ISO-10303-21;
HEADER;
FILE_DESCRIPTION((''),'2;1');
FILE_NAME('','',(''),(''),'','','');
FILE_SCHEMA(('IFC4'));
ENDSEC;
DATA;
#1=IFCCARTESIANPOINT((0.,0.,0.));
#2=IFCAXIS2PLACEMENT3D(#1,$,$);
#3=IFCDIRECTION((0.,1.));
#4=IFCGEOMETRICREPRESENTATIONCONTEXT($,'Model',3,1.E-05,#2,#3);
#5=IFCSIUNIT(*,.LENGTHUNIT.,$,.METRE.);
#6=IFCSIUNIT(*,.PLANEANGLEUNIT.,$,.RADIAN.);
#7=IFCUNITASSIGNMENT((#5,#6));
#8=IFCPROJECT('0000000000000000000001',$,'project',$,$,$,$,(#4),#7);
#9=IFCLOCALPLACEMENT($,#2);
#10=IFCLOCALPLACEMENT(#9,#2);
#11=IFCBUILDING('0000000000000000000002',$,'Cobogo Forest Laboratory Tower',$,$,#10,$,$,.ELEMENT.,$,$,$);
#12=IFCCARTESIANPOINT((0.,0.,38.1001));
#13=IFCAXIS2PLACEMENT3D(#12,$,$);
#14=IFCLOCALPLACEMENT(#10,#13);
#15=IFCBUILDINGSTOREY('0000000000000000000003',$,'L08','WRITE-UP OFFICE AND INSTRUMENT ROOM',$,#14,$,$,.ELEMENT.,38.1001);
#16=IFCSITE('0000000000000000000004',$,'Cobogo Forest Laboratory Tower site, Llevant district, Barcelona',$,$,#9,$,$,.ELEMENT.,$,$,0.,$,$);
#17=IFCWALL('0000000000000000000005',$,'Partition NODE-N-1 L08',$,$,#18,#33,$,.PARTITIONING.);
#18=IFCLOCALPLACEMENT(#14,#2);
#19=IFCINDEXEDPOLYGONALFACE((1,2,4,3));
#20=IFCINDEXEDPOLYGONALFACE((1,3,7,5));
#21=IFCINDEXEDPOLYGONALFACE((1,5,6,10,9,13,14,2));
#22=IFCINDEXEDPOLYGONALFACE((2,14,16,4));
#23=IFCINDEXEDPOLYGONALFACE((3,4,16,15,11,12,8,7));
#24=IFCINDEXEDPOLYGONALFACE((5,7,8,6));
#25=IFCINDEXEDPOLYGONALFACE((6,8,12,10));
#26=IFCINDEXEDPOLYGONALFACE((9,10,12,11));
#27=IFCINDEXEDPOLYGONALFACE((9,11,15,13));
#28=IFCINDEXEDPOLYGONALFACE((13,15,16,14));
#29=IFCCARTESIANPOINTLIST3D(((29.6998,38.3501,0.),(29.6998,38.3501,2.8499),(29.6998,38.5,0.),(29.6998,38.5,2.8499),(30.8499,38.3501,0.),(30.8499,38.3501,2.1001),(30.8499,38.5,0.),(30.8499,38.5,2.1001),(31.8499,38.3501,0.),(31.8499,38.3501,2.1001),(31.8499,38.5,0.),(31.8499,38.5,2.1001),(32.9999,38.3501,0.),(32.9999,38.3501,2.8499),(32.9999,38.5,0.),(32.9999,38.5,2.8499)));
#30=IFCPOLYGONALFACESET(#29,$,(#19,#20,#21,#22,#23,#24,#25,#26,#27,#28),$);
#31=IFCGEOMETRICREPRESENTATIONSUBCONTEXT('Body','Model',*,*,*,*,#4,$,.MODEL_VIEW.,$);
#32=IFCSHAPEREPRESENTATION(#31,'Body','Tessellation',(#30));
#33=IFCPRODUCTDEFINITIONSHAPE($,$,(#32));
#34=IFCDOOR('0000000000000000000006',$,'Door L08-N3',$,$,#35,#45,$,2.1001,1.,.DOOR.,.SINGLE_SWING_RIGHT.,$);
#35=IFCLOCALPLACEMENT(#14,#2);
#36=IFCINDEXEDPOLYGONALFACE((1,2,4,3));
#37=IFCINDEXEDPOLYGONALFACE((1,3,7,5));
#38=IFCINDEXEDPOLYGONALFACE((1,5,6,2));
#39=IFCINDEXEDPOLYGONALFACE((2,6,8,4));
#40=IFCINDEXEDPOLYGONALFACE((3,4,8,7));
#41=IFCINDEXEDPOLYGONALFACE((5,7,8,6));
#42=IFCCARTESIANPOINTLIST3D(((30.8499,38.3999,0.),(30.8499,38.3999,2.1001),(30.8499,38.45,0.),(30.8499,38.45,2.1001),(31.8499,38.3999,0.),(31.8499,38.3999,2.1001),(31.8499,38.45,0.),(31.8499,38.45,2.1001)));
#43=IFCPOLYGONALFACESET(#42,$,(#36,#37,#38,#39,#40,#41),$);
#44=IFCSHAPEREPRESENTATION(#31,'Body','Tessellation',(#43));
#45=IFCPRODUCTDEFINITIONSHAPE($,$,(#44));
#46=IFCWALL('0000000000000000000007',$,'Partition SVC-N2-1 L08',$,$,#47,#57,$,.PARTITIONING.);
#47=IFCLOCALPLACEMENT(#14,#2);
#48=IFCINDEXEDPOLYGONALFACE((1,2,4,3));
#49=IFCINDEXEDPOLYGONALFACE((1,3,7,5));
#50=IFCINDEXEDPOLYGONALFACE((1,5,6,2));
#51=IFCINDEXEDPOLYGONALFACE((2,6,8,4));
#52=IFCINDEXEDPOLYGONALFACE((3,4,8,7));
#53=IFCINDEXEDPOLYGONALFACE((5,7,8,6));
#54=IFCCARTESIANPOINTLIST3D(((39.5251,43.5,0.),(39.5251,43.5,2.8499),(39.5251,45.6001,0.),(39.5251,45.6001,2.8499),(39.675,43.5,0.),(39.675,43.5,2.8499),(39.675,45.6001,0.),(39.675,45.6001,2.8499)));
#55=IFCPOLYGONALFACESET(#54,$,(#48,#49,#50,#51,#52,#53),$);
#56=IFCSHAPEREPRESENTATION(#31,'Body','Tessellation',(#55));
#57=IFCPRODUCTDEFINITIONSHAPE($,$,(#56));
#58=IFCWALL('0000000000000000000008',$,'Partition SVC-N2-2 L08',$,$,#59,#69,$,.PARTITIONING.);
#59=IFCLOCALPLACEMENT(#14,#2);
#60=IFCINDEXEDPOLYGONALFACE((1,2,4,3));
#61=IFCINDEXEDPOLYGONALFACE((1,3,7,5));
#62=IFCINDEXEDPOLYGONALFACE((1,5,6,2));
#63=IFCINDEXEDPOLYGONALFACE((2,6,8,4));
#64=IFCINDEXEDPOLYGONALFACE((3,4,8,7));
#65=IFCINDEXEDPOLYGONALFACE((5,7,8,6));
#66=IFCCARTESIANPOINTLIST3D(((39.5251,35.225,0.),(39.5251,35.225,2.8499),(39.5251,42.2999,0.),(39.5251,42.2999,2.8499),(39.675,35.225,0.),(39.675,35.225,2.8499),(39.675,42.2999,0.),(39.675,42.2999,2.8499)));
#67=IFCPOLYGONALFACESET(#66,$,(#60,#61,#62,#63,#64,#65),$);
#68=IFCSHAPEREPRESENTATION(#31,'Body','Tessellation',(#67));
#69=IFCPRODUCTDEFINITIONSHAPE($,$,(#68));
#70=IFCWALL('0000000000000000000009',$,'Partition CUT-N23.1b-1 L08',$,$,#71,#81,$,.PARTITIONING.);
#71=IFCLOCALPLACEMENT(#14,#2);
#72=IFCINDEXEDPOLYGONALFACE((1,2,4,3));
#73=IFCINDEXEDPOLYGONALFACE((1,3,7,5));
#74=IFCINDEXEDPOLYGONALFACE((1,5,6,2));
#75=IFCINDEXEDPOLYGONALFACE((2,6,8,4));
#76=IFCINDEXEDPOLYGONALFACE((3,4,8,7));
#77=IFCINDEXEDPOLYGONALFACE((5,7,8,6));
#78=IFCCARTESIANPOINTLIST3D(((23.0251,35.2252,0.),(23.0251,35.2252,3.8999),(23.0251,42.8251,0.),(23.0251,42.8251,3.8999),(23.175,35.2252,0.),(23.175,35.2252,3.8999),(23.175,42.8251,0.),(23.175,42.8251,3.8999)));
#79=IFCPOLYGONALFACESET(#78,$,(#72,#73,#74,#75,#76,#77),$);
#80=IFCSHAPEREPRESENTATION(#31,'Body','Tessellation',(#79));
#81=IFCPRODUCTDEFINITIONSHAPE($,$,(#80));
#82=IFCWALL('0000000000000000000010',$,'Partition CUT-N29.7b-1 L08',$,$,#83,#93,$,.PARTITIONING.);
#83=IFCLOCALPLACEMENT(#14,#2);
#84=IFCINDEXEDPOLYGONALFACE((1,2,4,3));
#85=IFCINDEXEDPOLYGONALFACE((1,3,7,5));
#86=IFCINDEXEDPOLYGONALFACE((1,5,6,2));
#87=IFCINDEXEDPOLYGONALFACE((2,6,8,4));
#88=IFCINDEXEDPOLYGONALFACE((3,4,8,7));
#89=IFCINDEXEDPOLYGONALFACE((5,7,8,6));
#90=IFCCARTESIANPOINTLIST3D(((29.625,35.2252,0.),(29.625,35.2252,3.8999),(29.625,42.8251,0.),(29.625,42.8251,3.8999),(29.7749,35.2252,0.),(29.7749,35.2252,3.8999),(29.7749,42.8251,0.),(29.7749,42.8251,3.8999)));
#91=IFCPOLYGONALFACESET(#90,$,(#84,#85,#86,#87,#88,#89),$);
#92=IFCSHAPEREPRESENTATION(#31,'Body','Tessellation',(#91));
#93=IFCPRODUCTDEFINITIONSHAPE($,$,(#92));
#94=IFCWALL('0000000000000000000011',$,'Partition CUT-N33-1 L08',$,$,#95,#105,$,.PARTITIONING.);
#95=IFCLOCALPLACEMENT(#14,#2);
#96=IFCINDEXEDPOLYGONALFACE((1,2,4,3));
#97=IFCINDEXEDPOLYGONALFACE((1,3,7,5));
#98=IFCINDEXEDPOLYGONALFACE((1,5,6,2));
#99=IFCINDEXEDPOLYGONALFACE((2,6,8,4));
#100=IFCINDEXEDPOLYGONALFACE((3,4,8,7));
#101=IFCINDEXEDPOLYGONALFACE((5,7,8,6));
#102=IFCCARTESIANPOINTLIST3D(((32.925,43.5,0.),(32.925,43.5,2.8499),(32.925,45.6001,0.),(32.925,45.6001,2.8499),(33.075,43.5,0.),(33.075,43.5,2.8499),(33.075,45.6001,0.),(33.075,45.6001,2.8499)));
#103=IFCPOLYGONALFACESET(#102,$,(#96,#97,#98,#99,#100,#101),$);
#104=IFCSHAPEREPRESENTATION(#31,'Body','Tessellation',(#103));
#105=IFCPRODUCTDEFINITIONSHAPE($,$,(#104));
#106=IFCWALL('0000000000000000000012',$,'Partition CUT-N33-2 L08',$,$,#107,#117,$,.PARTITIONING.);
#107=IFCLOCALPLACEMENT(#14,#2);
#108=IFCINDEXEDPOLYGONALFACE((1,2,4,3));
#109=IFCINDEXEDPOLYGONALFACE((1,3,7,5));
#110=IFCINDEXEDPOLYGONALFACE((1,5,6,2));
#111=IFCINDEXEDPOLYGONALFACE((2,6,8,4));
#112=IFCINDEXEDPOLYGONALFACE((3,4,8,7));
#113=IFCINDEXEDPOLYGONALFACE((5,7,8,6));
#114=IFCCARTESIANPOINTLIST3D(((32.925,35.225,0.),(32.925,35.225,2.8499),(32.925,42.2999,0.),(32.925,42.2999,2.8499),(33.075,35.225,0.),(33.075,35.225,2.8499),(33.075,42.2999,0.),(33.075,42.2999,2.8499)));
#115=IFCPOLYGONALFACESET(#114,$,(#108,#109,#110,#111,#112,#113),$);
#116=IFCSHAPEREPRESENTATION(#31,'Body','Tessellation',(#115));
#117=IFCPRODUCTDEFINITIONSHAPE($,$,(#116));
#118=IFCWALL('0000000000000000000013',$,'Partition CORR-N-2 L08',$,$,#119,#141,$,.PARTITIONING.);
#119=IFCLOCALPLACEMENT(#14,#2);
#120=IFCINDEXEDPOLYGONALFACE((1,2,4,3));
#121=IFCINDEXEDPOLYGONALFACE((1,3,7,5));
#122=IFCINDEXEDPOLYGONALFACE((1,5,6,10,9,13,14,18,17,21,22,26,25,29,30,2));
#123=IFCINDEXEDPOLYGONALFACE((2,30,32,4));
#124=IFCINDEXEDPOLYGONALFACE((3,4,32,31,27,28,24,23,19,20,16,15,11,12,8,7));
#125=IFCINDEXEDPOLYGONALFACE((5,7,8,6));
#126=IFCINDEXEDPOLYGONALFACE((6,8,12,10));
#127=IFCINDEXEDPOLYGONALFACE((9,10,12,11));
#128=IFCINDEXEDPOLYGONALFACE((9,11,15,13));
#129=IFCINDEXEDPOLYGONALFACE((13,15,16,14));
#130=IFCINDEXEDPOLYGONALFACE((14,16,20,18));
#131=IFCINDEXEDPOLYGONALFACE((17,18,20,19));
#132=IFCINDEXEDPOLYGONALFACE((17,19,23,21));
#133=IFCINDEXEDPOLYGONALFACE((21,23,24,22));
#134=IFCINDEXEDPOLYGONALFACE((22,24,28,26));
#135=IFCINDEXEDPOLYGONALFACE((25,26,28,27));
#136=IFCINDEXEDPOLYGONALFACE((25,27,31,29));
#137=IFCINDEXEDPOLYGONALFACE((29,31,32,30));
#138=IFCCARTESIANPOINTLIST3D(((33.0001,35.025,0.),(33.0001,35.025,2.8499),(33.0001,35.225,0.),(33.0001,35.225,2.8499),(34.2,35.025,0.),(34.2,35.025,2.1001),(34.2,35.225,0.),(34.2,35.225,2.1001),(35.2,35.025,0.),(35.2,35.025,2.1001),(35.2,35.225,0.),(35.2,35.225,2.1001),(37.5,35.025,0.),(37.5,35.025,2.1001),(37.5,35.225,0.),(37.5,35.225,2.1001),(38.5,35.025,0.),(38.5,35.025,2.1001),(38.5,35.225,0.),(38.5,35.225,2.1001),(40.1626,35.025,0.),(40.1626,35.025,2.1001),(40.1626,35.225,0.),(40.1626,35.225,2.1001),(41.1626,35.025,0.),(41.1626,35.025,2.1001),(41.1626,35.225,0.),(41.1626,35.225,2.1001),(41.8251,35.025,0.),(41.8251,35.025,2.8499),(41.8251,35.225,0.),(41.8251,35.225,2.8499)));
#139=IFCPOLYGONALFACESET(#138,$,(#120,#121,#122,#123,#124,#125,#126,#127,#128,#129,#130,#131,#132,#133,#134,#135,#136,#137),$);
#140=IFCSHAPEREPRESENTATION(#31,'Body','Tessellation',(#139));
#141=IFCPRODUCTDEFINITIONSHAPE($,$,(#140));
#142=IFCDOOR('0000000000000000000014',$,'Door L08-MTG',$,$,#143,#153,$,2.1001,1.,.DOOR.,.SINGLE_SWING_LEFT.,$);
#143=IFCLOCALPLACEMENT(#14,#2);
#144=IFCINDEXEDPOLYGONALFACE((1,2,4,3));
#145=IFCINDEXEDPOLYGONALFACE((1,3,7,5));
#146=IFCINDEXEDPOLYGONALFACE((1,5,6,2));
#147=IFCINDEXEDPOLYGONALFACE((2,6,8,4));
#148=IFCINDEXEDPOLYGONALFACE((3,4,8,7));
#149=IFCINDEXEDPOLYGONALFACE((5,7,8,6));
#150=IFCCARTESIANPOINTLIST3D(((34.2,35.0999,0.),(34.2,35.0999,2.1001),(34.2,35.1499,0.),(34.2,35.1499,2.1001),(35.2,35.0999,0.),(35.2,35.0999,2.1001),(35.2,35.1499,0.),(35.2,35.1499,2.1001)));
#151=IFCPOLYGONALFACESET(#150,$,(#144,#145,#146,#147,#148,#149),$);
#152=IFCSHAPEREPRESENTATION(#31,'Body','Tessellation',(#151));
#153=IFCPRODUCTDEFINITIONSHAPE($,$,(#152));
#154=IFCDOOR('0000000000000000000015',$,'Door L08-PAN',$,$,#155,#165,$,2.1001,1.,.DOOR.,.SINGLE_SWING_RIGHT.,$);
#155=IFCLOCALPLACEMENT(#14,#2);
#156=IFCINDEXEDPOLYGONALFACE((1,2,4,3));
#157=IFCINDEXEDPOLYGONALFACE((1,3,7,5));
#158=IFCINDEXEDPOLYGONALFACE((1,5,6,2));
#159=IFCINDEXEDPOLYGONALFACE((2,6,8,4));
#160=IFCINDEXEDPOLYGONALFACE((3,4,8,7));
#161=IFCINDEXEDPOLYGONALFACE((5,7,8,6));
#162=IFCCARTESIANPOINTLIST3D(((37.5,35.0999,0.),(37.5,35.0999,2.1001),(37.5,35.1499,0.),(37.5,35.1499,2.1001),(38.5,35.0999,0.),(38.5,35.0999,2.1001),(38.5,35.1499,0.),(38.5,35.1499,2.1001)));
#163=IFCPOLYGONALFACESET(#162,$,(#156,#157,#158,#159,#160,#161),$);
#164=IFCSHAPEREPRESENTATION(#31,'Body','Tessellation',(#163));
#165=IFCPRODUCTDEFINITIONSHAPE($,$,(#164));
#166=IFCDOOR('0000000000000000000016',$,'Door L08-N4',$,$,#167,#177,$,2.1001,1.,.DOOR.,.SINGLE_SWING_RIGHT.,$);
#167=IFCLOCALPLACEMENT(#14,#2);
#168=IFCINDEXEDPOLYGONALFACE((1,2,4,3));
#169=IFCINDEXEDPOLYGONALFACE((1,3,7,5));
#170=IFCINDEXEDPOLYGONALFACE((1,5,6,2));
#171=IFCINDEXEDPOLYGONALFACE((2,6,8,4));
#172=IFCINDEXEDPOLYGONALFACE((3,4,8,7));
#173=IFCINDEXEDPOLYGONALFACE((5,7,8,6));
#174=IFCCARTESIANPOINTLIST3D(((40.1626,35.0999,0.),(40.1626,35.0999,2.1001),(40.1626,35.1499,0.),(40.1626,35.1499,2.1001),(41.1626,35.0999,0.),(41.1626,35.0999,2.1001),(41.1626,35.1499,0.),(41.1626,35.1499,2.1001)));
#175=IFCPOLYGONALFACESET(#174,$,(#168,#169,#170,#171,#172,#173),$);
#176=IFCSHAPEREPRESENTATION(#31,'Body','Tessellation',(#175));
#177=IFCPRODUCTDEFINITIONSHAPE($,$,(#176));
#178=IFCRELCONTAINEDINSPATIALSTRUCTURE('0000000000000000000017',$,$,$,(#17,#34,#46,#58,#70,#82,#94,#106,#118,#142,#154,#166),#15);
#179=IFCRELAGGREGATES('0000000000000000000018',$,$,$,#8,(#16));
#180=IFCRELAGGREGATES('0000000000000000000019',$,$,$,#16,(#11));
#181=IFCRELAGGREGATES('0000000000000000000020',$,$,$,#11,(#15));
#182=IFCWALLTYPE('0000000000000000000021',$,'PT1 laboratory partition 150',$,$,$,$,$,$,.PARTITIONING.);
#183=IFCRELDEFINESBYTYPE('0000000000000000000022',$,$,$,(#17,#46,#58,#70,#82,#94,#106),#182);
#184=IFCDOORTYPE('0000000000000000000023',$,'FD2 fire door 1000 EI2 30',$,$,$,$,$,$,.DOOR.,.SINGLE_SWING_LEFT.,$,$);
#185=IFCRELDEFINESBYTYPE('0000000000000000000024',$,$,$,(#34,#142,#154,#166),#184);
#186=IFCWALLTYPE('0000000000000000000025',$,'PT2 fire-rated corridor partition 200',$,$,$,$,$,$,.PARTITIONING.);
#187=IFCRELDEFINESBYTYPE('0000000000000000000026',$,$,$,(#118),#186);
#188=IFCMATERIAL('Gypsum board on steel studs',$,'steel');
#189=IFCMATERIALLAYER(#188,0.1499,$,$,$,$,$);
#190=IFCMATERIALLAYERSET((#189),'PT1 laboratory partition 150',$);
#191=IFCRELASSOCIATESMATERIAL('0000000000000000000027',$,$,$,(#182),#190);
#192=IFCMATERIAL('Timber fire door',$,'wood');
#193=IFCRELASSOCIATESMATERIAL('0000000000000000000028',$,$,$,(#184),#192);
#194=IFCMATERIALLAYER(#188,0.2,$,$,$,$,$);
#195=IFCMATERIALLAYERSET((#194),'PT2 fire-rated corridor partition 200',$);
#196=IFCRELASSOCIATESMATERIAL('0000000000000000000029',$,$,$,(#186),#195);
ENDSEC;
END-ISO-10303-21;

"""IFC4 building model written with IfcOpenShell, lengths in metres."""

from ifc_helpers import new_model, si_unit, direction, frame, frame_2d, origin, place, context, subcontext, project, spatial, rectangle, extrude, material, layer, layer_set, type_object, element, fill, save


model = new_model("IFC4")

# Units and contexts
model_context = context("Model", 3, precision=1e-05, world=origin(), true_north=direction((0.0, 1.0)))
body_context = subcontext(model_context, "Body", "Model", "MODEL_VIEW")
ifc_project = project(units=[si_unit("LENGTHUNIT", "METRE"), si_unit("PLANEANGLEUNIT", "RADIAN")], contexts=[model_context])

# Site, building, storey
site_placement = place(None, origin())
site = spatial("IfcSite", under=ifc_project, at=site_placement, Name="Cobogo Forest Laboratory Tower site, Llevant district, Barcelona", CompositionType="ELEMENT", RefElevation=0.0)
building_placement = place(site_placement, origin())
building = spatial("IfcBuilding", under=site, at=building_placement, Name="Cobogo Forest Laboratory Tower", CompositionType="ELEMENT")
storey_placement = place(building_placement, frame((0.0, 0.0, 38.1001)))
storey = spatial("IfcBuildingStorey", under=building, at=storey_placement, Name="L08", Description="WRITE-UP OFFICE AND INSTRUMENT ROOM", CompositionType="ELEMENT", Elevation=38.1001)

# Wall, opening, door
ifc_material_1 = material(Name="Gypsum board on steel studs", Category="steel")
ifc_layer_1 = layer(ifc_material_1, 0.1499)
ifc_layer_set_1 = layer_set([ifc_layer_1], Name="PT1 laboratory partition 150")
wall_type_1 = type_object("IfcWallType", Name="PT1 laboratory partition 150", PredefinedType="PARTITIONING", material=ifc_layer_set_1)
ifc_material_2 = material(Name="Timber fire door", Category="wood")
door_type = type_object("IfcDoorType", Name="FD2 fire door 1000 EI2 30", OperationType="SINGLE_SWING_LEFT", PredefinedType="DOOR", material=ifc_material_2)
wall_1_placement = place(storey_placement, frame((29.7, 38.425, 0.0), z_axis=(0.0, 0.0, 1.0), x_axis=(1.0, 0.0, 0.0)))
wall_1 = element("IfcWall", 1, at=wall_1_placement, inside=storey, type_object=wall_type_1, Name="Partition NODE-N-1 L08", PredefinedType="PARTITIONING", context=body_context, shape_type="SweptSolid", body=[
    extrude(rectangle(XDim=3.3, YDim=0.1499, at=frame_2d((1.6499, 0.0))), origin(), (0.0, 0.0, 1.0), 2.8499),
])
opening_1_placement = place(wall_1_placement, frame((1.1499, 0.0, 0.0)))
opening_1 = element("IfcOpeningElement", 2, at=opening_1_placement, cuts=wall_1, PredefinedType="OPENING", context=body_context, shape_type="SweptSolid", body=[
    extrude(rectangle(XDim=1.0, YDim=2.1001, at=frame_2d((0.5, 1.05))), frame((0.0, 0.085, 0.0), z_axis=(0.0, -1.0, 0.0), x_axis=(1.0, 0.0, 0.0)), (0.0, 0.0, 1.0), 0.1699),
])
door_1_placement = place(opening_1_placement, origin())
door_1 = element("IfcDoor", 3, at=door_1_placement, inside=storey, type_object=door_type, Name="Door L08-N3", OperationType="SINGLE_SWING_RIGHT", OverallHeight=2.1001, OverallWidth=1.0, PredefinedType="DOOR", context=body_context, shape_type="SweptSolid", body=[
    extrude(rectangle(XDim=1.0, YDim=2.1001, at=frame_2d((0.5, 1.05))), frame((0.0, 0.0249, 0.0), z_axis=(0.0, -1.0, 0.0), x_axis=(1.0, 0.0, 0.0)), (0.0, 0.0, 1.0), 0.05),
])
fill(opening_1, door_1)

# Walls
wall_2_placement = place(storey_placement, frame((39.6001, 45.6001, 0.0), z_axis=(0.0, 0.0, 1.0), x_axis=(0.0, -1.0, 0.0)))
element("IfcWall", 4, at=wall_2_placement, inside=storey, type_object=wall_type_1, Name="Partition SVC-N2-1 L08", PredefinedType="PARTITIONING", context=body_context, shape_type="SweptSolid", body=[
    extrude(rectangle(XDim=2.1001, YDim=0.1499, at=frame_2d((1.05, 0.0))), origin(), (0.0, 0.0, 1.0), 2.8499),
])
wall_3_placement = place(storey_placement, frame((39.6001, 42.3, 0.0), z_axis=(0.0, 0.0, 1.0), x_axis=(0.0, -1.0, 0.0)))
element("IfcWall", 5, at=wall_3_placement, inside=storey, type_object=wall_type_1, Name="Partition SVC-N2-2 L08", PredefinedType="PARTITIONING", context=body_context, shape_type="SweptSolid", body=[
    extrude(rectangle(XDim=7.075, YDim=0.1499, at=frame_2d((3.5376, 0.0))), origin(), (0.0, 0.0, 1.0), 2.8499),
])
for number, where, z_axis, x_axis, name in (
    (6, (23.1001, 42.825, 0.0), (0.0, 0.0, 1.0), (0.0, -1.0, 0.0), "Partition CUT-N23.1b-1 L08"),
    (7, (29.7, 42.825, 0.0), (0.0, 0.0, 1.0), (0.0, -1.0, 0.0), "Partition CUT-N29.7b-1 L08"),
):
    element("IfcWall", number, at=place(storey_placement, frame(where, z_axis=z_axis, x_axis=x_axis)), inside=storey, type_object=wall_type_1, Name=name, PredefinedType="PARTITIONING", context=body_context, shape_type="SweptSolid", body=[
        extrude(rectangle(XDim=7.5999, YDim=0.1499, at=frame_2d((3.7998, 0.0))), origin(), (0.0, 0.0, 1.0), 3.8999),
    ])
wall_4_placement = place(storey_placement, frame((33.0, 45.6001, 0.0), z_axis=(0.0, 0.0, 1.0), x_axis=(0.0, -1.0, 0.0)))
element("IfcWall", 8, at=wall_4_placement, inside=storey, type_object=wall_type_1, Name="Partition CUT-N33-1 L08", PredefinedType="PARTITIONING", context=body_context, shape_type="SweptSolid", body=[
    extrude(rectangle(XDim=2.1001, YDim=0.1499, at=frame_2d((1.05, 0.0))), origin(), (0.0, 0.0, 1.0), 2.8499),
])
wall_5_placement = place(storey_placement, frame((33.0, 42.3, 0.0), z_axis=(0.0, 0.0, 1.0), x_axis=(0.0, -1.0, 0.0)))
element("IfcWall", 9, at=wall_5_placement, inside=storey, type_object=wall_type_1, Name="Partition CUT-N33-2 L08", PredefinedType="PARTITIONING", context=body_context, shape_type="SweptSolid", body=[
    extrude(rectangle(XDim=7.075, YDim=0.1499, at=frame_2d((3.5376, 0.0))), origin(), (0.0, 0.0, 1.0), 2.8499),
])

# Wall, openings, doors
ifc_layer_2 = layer(ifc_material_1, 0.2)
ifc_layer_set_2 = layer_set([ifc_layer_2], Name="PT2 fire-rated corridor partition 200")
wall_type_2 = type_object("IfcWallType", Name="PT2 fire-rated corridor partition 200", PredefinedType="PARTITIONING", material=ifc_layer_set_2)
wall_6_placement = place(storey_placement, frame((33.0, 35.125, 0.0), z_axis=(0.0, 0.0, 1.0), x_axis=(1.0, 0.0, 0.0)))
wall_6 = element("IfcWall", 10, at=wall_6_placement, inside=storey, type_object=wall_type_2, Name="Partition CORR-N-2 L08", PredefinedType="PARTITIONING", context=body_context, shape_type="SweptSolid", body=[
    extrude(rectangle(XDim=8.825, YDim=0.2, at=frame_2d((4.4126, 0.0))), origin(), (0.0, 0.0, 1.0), 2.8499),
])
opening_2_placement = place(wall_6_placement, frame((1.2, 0.0, 0.0)))
opening_2 = element("IfcOpeningElement", 11, at=opening_2_placement, cuts=wall_6, PredefinedType="OPENING", context=body_context, shape_type="SweptSolid", body=[
    extrude(rectangle(XDim=1.0, YDim=2.1001, at=frame_2d((0.5, 1.05))), frame((0.0, 0.1099, 0.0), z_axis=(0.0, -1.0, 0.0), x_axis=(1.0, 0.0, 0.0)), (0.0, 0.0, 1.0), 0.22),
])
opening_3_placement = place(wall_6_placement, frame((4.5, 0.0, 0.0)))
opening_3 = element("IfcOpeningElement", 12, at=opening_3_placement, cuts=wall_6, PredefinedType="OPENING", context=body_context, shape_type="SweptSolid", body=[
    extrude(rectangle(XDim=1.0, YDim=2.1001, at=frame_2d((0.5, 1.05))), frame((0.0, 0.1099, 0.0), z_axis=(0.0, -1.0, 0.0), x_axis=(1.0, 0.0, 0.0)), (0.0, 0.0, 1.0), 0.22),
])
opening_4_placement = place(wall_6_placement, frame((7.1626, 0.0, 0.0)))
opening_4 = element("IfcOpeningElement", 13, at=opening_4_placement, cuts=wall_6, PredefinedType="OPENING", context=body_context, shape_type="SweptSolid", body=[
    extrude(rectangle(XDim=1.0, YDim=2.1001, at=frame_2d((0.5, 1.05))), frame((0.0, 0.1099, 0.0), z_axis=(0.0, -1.0, 0.0), x_axis=(1.0, 0.0, 0.0)), (0.0, 0.0, 1.0), 0.22),
])
door_2_placement = place(opening_2_placement, origin())
door_2 = element("IfcDoor", 14, at=door_2_placement, inside=storey, type_object=door_type, Name="Door L08-MTG", OperationType="SINGLE_SWING_LEFT", OverallHeight=2.1001, OverallWidth=1.0, PredefinedType="DOOR", context=body_context, shape_type="SweptSolid", body=[
    extrude(rectangle(XDim=1.0, YDim=2.1001, at=frame_2d((0.5, 1.05))), frame((0.0, 0.0249, 0.0), z_axis=(0.0, -1.0, 0.0), x_axis=(1.0, 0.0, 0.0)), (0.0, 0.0, 1.0), 0.05),
])
fill(opening_2, door_2)
door_3_placement = place(opening_3_placement, origin())
door_3 = element("IfcDoor", 15, at=door_3_placement, inside=storey, type_object=door_type, Name="Door L08-PAN", OperationType="SINGLE_SWING_RIGHT", OverallHeight=2.1001, OverallWidth=1.0, PredefinedType="DOOR", context=body_context, shape_type="SweptSolid", body=[
    extrude(rectangle(XDim=1.0, YDim=2.1001, at=frame_2d((0.5, 1.05))), frame((0.0, 0.0249, 0.0), z_axis=(0.0, -1.0, 0.0), x_axis=(1.0, 0.0, 0.0)), (0.0, 0.0, 1.0), 0.05),
])
fill(opening_3, door_3)
door_4_placement = place(opening_4_placement, origin())
door_4 = element("IfcDoor", 16, at=door_4_placement, inside=storey, type_object=door_type, Name="Door L08-N4", OperationType="SINGLE_SWING_RIGHT", OverallHeight=2.1001, OverallWidth=1.0, PredefinedType="DOOR", context=body_context, shape_type="SweptSolid", body=[
    extrude(rectangle(XDim=1.0, YDim=2.1001, at=frame_2d((0.5, 1.05))), frame((0.0, 0.0249, 0.0), z_axis=(0.0, -1.0, 0.0), x_axis=(1.0, 0.0, 0.0)), (0.0, 0.0, 1.0), 0.05),
])
fill(opening_4, door_4)

save(model, "model.ifc")
